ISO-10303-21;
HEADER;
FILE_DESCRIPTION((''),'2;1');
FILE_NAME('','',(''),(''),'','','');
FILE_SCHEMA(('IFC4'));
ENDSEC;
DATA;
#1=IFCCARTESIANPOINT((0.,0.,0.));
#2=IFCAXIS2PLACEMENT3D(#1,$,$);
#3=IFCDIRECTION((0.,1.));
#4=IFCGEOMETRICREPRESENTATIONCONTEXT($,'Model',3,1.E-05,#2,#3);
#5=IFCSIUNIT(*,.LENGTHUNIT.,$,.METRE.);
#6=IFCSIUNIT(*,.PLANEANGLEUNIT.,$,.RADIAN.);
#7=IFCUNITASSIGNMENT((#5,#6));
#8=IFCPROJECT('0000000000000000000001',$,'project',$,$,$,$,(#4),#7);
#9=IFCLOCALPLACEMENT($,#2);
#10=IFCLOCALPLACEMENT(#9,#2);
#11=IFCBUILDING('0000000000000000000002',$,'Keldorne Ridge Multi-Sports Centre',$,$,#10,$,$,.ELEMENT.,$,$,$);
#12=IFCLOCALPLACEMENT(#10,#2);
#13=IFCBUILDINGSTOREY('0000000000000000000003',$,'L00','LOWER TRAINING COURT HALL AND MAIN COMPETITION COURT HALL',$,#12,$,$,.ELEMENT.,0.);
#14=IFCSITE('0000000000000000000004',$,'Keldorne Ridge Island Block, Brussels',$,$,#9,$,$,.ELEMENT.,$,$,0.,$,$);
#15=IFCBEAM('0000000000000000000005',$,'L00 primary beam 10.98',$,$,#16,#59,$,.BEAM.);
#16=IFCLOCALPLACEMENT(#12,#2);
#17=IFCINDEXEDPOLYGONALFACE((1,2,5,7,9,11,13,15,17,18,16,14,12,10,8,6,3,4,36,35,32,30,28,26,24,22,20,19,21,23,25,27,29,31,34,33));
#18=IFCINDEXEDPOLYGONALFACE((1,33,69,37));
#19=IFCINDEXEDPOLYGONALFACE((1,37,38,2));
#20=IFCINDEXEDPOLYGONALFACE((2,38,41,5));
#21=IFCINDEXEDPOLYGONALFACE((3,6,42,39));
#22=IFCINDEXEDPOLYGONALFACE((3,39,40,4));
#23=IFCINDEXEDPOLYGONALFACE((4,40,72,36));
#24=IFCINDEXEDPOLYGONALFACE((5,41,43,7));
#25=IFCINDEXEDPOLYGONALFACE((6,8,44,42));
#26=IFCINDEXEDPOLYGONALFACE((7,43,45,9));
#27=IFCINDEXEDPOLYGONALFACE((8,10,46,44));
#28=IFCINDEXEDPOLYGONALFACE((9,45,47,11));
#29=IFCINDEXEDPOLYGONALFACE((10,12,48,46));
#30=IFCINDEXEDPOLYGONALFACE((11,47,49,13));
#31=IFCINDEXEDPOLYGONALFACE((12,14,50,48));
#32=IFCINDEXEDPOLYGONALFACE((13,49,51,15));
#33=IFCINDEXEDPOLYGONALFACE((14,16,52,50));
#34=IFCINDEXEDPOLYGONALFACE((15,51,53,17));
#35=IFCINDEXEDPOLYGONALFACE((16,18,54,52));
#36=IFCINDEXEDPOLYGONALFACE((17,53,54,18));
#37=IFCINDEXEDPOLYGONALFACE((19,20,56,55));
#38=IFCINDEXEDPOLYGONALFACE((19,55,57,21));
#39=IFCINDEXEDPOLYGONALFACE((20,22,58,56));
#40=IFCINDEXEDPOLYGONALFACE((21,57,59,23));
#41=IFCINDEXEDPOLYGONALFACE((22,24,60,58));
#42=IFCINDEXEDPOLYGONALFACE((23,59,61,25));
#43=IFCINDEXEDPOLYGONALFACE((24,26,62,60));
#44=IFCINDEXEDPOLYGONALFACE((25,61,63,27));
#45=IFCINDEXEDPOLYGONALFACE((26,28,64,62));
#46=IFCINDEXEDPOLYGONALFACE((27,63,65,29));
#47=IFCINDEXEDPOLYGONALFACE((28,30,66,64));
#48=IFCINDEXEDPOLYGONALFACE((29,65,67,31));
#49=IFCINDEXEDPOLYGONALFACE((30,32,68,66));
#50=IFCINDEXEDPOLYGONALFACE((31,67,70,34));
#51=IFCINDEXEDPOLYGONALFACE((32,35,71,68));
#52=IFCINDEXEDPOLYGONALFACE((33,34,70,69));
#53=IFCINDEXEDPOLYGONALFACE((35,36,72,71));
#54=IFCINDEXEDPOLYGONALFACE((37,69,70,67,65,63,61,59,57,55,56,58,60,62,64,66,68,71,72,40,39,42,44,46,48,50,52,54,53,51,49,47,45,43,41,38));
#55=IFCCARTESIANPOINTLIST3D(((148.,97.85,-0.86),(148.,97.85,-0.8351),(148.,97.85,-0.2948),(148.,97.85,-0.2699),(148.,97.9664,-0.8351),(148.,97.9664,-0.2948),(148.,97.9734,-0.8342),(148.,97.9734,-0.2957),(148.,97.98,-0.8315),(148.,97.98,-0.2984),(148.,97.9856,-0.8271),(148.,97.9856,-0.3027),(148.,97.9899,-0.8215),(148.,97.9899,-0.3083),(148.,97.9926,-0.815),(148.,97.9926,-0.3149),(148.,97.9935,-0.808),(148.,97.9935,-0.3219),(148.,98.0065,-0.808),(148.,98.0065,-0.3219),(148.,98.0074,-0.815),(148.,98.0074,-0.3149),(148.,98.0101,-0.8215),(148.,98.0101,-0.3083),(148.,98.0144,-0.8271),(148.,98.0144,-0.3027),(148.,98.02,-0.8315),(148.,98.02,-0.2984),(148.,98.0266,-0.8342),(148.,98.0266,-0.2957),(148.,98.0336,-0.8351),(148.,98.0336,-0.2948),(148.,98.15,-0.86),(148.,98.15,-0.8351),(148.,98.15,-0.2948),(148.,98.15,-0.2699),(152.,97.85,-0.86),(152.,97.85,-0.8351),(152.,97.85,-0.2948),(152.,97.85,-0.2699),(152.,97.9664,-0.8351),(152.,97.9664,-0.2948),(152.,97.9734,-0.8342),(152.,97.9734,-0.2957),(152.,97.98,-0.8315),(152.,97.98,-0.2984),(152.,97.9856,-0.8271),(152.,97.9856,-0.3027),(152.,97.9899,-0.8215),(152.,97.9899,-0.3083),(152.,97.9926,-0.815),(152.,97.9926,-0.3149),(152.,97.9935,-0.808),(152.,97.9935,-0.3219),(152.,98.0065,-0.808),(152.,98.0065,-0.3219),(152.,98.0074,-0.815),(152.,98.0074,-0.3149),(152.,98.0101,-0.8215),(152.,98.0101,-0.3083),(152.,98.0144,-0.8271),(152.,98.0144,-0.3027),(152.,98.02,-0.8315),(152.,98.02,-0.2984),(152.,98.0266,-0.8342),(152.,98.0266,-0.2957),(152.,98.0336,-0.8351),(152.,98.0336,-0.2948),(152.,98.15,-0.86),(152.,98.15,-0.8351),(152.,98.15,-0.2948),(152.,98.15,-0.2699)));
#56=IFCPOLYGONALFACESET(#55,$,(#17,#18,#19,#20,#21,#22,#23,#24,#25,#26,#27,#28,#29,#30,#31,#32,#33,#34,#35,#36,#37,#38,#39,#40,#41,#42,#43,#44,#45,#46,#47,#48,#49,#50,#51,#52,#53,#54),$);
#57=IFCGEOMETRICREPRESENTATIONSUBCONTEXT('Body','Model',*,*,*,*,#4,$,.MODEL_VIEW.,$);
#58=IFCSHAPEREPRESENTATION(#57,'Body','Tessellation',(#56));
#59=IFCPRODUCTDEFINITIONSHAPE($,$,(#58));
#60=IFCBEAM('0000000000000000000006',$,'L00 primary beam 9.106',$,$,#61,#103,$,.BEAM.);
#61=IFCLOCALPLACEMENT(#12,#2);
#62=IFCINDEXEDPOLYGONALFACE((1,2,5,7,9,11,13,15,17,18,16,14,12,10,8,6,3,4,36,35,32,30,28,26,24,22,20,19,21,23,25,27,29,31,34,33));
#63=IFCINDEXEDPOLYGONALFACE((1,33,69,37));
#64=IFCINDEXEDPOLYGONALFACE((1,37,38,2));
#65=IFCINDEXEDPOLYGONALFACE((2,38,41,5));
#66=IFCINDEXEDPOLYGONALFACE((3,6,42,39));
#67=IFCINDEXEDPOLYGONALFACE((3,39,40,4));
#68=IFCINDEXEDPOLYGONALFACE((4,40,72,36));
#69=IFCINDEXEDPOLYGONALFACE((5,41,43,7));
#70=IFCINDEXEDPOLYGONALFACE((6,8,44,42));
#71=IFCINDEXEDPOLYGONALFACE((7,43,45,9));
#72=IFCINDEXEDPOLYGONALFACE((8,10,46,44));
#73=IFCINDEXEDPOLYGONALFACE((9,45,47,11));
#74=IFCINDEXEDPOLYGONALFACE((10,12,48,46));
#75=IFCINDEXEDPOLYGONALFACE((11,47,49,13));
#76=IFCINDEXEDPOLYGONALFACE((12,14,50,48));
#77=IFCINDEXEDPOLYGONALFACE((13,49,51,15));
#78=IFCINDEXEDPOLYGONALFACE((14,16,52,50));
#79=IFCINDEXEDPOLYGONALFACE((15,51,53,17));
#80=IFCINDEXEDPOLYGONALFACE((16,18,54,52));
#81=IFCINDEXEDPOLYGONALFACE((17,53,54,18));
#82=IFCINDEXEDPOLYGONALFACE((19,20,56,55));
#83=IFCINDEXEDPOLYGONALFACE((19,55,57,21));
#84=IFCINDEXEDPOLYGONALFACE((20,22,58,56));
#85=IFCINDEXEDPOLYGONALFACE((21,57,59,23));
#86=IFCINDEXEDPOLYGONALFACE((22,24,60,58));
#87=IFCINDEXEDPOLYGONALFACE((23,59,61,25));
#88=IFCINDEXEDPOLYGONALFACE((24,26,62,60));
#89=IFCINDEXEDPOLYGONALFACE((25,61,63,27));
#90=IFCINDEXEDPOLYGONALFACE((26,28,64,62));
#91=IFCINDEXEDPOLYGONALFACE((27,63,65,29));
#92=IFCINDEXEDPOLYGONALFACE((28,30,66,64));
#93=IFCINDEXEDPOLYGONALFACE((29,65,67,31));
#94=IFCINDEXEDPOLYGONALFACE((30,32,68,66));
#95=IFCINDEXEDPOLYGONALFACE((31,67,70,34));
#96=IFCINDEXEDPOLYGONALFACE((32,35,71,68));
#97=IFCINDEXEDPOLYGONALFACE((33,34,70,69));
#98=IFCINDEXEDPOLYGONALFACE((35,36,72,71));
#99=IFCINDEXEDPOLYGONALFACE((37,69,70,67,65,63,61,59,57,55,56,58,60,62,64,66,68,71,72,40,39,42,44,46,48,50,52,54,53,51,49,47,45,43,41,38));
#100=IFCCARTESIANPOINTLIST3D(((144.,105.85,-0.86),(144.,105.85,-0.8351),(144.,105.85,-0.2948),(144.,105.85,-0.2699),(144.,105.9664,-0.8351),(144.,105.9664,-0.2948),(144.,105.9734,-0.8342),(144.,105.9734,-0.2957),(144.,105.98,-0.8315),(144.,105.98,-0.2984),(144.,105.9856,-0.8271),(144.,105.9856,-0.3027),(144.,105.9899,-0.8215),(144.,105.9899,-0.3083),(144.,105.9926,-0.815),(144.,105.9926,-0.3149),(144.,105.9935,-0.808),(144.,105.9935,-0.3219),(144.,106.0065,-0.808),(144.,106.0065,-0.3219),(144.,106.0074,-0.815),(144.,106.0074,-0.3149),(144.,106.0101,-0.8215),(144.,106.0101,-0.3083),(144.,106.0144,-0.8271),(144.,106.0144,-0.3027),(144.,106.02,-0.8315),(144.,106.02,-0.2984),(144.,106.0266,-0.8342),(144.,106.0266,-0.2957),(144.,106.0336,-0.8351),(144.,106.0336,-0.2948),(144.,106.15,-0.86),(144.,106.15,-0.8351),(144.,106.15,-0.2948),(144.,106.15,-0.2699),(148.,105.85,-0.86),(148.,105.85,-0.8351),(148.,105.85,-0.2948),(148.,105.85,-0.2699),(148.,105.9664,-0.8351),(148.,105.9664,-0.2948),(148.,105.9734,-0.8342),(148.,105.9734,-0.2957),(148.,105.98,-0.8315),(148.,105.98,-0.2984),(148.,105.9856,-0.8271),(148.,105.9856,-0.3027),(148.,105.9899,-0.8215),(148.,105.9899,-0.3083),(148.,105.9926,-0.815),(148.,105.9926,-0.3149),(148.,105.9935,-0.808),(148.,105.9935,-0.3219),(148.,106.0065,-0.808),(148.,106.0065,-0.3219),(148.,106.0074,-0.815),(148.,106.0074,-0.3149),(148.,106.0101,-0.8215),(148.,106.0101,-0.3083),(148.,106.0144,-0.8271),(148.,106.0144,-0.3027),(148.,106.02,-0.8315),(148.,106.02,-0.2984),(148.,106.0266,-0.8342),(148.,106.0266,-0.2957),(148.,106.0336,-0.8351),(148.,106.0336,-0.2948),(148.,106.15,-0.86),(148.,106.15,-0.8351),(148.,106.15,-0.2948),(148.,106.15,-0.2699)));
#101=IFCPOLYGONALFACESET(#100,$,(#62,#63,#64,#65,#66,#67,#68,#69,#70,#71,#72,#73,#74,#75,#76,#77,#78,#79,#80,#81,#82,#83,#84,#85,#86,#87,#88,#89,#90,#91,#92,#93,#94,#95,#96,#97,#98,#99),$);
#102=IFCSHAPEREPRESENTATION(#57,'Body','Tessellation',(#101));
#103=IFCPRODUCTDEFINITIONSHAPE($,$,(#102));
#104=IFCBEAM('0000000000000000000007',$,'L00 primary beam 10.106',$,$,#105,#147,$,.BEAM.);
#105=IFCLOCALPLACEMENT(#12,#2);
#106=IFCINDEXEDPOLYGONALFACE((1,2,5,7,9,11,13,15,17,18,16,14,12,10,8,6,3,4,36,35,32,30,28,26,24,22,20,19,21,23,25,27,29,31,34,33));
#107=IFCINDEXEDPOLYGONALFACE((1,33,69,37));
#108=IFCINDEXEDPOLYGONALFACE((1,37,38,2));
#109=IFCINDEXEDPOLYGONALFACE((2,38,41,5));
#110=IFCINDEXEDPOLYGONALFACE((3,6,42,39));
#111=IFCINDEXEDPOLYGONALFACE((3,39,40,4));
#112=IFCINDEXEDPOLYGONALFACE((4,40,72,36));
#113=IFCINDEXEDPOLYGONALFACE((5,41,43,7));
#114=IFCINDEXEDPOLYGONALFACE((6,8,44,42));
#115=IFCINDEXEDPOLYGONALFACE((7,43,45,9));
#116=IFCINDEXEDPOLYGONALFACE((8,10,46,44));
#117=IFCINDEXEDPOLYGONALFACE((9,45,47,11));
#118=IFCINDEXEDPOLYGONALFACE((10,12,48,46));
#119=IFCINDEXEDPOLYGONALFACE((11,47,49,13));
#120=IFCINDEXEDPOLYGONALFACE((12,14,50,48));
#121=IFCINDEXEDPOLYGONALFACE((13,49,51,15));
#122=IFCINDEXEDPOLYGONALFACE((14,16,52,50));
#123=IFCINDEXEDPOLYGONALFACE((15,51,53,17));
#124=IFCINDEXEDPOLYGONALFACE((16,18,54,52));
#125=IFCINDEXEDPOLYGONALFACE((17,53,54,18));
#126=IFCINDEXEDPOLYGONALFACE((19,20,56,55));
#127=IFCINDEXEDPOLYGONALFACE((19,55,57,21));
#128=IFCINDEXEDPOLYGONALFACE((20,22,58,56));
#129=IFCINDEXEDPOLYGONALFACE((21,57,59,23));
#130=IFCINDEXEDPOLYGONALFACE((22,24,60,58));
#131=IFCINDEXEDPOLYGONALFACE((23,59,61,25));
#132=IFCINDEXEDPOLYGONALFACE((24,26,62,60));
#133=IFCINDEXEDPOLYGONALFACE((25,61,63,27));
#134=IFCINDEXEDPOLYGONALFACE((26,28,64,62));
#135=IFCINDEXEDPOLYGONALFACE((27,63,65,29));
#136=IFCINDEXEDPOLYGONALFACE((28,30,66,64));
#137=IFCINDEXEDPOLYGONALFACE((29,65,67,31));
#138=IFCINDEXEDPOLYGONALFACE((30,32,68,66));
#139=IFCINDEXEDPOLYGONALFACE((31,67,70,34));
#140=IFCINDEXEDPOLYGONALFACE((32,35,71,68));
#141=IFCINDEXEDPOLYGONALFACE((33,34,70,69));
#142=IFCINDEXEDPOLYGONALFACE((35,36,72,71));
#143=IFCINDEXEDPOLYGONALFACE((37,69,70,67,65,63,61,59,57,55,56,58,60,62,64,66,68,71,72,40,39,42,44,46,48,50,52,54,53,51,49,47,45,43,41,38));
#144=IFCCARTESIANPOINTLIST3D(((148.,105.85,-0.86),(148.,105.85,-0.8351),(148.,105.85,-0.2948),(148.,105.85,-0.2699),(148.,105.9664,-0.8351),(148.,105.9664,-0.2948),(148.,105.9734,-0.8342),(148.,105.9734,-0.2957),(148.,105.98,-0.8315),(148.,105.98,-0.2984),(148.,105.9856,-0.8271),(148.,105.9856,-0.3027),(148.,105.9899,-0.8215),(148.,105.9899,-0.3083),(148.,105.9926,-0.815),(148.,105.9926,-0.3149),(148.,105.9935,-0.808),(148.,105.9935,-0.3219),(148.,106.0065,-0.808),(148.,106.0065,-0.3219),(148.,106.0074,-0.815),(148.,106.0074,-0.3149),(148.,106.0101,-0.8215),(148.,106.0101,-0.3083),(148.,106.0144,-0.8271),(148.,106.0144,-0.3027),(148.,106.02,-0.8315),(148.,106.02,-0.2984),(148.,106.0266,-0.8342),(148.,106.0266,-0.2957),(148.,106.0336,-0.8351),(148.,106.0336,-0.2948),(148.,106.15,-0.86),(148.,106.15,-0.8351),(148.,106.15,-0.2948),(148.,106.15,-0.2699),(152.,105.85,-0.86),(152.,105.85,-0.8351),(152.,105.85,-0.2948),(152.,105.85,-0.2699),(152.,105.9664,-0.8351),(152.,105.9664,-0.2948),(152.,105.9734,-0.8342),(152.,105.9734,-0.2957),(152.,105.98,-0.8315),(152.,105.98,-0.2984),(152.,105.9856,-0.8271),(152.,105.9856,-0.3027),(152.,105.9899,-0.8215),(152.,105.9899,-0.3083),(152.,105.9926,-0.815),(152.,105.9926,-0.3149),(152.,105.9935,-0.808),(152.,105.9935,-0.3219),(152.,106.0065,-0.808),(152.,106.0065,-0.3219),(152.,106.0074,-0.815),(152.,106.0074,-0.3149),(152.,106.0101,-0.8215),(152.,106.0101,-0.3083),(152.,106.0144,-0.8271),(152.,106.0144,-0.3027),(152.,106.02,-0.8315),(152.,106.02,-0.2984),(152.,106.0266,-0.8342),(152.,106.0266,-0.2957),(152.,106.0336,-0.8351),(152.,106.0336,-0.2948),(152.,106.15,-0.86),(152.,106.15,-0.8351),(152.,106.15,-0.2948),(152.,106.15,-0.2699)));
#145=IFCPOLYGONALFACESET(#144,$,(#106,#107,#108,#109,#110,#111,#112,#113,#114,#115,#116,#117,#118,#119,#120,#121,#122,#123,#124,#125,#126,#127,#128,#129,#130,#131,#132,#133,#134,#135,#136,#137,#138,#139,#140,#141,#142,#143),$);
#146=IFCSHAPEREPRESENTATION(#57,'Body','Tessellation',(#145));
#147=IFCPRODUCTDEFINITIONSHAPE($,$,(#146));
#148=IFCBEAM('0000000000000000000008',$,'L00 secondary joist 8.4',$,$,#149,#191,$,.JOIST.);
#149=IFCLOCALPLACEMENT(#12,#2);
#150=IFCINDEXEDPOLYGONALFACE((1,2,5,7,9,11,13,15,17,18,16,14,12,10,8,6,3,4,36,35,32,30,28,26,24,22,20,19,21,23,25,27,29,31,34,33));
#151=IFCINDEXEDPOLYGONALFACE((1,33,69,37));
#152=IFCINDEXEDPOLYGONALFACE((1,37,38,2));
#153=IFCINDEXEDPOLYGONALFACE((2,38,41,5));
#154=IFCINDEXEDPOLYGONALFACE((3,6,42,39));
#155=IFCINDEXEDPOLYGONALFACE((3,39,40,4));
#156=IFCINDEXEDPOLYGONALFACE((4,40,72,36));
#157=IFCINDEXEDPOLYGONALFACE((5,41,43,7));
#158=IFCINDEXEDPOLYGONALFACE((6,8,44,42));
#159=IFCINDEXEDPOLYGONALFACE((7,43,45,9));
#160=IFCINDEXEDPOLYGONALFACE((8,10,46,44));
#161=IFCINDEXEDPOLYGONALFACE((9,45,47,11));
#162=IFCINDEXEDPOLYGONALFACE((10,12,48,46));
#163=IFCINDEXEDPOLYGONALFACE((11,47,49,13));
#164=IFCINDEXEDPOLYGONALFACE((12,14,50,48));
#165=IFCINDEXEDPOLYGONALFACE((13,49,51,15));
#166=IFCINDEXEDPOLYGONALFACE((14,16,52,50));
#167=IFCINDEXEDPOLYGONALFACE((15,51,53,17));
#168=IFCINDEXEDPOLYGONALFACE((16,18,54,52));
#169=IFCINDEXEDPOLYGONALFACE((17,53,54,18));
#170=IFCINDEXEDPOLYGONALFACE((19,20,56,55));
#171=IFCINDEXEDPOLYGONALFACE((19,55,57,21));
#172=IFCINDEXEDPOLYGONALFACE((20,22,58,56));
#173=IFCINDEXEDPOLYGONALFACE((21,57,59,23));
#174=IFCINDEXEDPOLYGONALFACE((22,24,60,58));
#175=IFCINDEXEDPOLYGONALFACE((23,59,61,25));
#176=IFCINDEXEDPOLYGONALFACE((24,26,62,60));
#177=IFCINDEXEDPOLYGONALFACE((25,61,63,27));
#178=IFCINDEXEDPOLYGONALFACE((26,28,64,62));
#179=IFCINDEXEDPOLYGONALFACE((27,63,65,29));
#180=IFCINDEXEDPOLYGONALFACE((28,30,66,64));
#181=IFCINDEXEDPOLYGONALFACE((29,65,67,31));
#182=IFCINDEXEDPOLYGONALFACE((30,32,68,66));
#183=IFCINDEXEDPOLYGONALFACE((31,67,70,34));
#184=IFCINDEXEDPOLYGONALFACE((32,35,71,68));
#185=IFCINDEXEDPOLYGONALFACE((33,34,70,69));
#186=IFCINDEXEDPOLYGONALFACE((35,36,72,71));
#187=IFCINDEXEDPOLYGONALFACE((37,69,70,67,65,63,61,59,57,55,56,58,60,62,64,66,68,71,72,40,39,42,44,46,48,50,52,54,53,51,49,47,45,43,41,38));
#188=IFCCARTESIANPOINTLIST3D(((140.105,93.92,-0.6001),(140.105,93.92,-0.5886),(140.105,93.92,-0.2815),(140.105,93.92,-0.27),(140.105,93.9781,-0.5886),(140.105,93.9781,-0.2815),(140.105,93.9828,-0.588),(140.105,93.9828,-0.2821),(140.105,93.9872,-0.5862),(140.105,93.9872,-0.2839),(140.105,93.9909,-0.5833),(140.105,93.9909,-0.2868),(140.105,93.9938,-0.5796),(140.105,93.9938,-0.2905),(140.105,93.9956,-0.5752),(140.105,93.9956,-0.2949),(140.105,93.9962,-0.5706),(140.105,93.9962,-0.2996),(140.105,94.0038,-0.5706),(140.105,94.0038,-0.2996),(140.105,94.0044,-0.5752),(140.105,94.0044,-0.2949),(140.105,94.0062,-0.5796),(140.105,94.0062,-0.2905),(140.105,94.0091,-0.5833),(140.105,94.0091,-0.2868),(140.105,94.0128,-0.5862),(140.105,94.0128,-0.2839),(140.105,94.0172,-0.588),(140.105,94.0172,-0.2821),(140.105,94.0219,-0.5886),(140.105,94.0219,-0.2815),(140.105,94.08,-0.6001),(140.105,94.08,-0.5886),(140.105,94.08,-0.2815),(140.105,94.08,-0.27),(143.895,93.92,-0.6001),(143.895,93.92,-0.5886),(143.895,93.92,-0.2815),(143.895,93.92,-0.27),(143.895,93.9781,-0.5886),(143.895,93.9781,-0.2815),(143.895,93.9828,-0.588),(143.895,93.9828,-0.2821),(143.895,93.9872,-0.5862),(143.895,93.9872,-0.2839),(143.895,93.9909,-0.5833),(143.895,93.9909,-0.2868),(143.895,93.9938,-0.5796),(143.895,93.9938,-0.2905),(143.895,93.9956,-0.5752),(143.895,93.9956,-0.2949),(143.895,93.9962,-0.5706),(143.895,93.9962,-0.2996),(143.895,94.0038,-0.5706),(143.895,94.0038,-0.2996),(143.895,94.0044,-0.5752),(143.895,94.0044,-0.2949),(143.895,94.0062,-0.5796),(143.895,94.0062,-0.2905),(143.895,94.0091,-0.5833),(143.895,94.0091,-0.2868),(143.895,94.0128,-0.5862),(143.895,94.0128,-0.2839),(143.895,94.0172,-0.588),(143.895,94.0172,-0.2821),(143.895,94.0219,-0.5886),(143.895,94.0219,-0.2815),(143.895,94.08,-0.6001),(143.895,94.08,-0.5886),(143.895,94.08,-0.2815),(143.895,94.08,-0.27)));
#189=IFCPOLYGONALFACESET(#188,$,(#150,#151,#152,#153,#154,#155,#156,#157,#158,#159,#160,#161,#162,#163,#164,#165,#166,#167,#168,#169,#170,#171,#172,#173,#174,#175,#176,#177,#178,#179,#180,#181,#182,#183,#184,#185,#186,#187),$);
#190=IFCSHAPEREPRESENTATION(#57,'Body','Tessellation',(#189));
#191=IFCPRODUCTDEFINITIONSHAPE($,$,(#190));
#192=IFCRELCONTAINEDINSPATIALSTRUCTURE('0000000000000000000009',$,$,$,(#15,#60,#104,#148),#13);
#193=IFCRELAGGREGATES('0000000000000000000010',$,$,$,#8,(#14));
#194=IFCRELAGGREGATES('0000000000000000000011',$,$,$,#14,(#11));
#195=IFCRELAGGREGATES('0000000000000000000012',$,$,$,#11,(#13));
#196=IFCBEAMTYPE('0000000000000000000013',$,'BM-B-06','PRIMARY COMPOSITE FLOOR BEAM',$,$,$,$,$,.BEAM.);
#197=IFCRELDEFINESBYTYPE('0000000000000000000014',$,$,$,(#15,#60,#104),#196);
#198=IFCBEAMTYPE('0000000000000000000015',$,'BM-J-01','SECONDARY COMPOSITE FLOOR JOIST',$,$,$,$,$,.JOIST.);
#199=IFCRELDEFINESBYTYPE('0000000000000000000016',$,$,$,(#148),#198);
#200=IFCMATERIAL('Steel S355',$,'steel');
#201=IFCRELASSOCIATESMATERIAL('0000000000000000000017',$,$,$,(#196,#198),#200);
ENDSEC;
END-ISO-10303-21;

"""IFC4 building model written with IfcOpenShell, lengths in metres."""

from ifc_helpers import new_model, si_unit, direction, frame, origin, origin_2d, place, context, subcontext, project, spatial, i_section, extrude, material, material_profile, profile_set, type_object, element, save


model = new_model("IFC4")

# Units and contexts
model_context = context("Model", 3, precision=1e-05, world=origin(), true_north=direction((0.0, 1.0)))
body_context = subcontext(model_context, "Body", "Model", "MODEL_VIEW")
ifc_project = project(units=[si_unit("LENGTHUNIT", "METRE"), si_unit("PLANEANGLEUNIT", "RADIAN")], contexts=[model_context])

# Site, building, storey
site_placement = place(None, origin())
site = spatial("IfcSite", under=ifc_project, at=site_placement, Name="Keldorne Ridge Island Block, Brussels", CompositionType="ELEMENT", RefElevation=0.0)
building_placement = place(site_placement, origin())
building = spatial("IfcBuilding", under=site, at=building_placement, Name="Keldorne Ridge Multi-Sports Centre", CompositionType="ELEMENT")
storey_placement = place(building_placement, origin())
storey = spatial("IfcBuildingStorey", under=building, at=storey_placement, Name="L00", Description="LOWER TRAINING COURT HALL AND MAIN COMPETITION COURT HALL", CompositionType="ELEMENT", Elevation=0.0)

# Shared definitions
ifc_material_1 = material(Name="Steel S355", Category="steel")

# Beams
ifc_material_profile_1 = material_profile(ifc_material_1, i_section(OverallWidth=0.3, OverallDepth=0.5901, WebThickness=0.0129, FlangeThickness=0.0249, FilletRadius=0.0271, at=origin_2d()), Name="HEA 600")
ifc_profile_set_1 = profile_set([ifc_material_profile_1], Name="Steel S355")
beam_type_1 = type_object("IfcBeamType", Name="BM-B-06", Description="PRIMARY COMPOSITE FLOOR BEAM", PredefinedType="BEAM", material=ifc_profile_set_1)
for number, where, z_axis, x_axis, name in (
    (1, (148.0, 98.0, -0.5649), (1.0, 0.0, 0.0), (0.0, 1.0, 0.0), "L00 primary beam 10.98"),
    (2, (144.0, 106.0, -0.5649), (1.0, 0.0, 0.0), (0.0, 1.0, 0.0), "L00 primary beam 9.106"),
    (3, (148.0, 106.0, -0.5649), (1.0, 0.0, 0.0), (0.0, 1.0, 0.0), "L00 primary beam 10.106"),
):
    element("IfcBeam", number, at=place(storey_placement, frame(where, z_axis=z_axis, x_axis=x_axis)), inside=storey, type_object=beam_type_1, Name=name, PredefinedType="BEAM", context=body_context, shape_type="SweptSolid", body=[
        extrude(i_section(OverallWidth=0.3, OverallDepth=0.5901, WebThickness=0.0129, FlangeThickness=0.0249, FilletRadius=0.0271, at=origin_2d()), origin(), (0.0, 0.0, 1.0), 4.0),
    ])
ifc_material_profile_2 = material_profile(ifc_material_1, i_section(OverallWidth=0.1599, OverallDepth=0.3301, WebThickness=0.0076, FlangeThickness=0.0115, FilletRadius=0.0181, at=origin_2d()), Name="IPE 330")
ifc_profile_set_2 = profile_set([ifc_material_profile_2], Name="Steel S355")
beam_type_2 = type_object("IfcBeamType", Name="BM-J-01", Description="SECONDARY COMPOSITE FLOOR JOIST", PredefinedType="JOIST", material=ifc_profile_set_2)
for number, where, z_axis, x_axis, name in (
    (4, (140.105, 94.0, -0.4351), (1.0, 0.0, 0.0), (0.0, 1.0, 0.0), "L00 secondary joist 8.4"),
):
    element("IfcBeam", number, at=place(storey_placement, frame(where, z_axis=z_axis, x_axis=x_axis)), inside=storey, type_object=beam_type_2, Name=name, PredefinedType="JOIST", context=body_context, shape_type="SweptSolid", body=[
        extrude(i_section(OverallWidth=0.1599, OverallDepth=0.3301, WebThickness=0.0076, FlangeThickness=0.0115, FilletRadius=0.0181, at=origin_2d()), origin(), (0.0, 0.0, 1.0), 3.79),
    ])

save(model, "model.ifc")
